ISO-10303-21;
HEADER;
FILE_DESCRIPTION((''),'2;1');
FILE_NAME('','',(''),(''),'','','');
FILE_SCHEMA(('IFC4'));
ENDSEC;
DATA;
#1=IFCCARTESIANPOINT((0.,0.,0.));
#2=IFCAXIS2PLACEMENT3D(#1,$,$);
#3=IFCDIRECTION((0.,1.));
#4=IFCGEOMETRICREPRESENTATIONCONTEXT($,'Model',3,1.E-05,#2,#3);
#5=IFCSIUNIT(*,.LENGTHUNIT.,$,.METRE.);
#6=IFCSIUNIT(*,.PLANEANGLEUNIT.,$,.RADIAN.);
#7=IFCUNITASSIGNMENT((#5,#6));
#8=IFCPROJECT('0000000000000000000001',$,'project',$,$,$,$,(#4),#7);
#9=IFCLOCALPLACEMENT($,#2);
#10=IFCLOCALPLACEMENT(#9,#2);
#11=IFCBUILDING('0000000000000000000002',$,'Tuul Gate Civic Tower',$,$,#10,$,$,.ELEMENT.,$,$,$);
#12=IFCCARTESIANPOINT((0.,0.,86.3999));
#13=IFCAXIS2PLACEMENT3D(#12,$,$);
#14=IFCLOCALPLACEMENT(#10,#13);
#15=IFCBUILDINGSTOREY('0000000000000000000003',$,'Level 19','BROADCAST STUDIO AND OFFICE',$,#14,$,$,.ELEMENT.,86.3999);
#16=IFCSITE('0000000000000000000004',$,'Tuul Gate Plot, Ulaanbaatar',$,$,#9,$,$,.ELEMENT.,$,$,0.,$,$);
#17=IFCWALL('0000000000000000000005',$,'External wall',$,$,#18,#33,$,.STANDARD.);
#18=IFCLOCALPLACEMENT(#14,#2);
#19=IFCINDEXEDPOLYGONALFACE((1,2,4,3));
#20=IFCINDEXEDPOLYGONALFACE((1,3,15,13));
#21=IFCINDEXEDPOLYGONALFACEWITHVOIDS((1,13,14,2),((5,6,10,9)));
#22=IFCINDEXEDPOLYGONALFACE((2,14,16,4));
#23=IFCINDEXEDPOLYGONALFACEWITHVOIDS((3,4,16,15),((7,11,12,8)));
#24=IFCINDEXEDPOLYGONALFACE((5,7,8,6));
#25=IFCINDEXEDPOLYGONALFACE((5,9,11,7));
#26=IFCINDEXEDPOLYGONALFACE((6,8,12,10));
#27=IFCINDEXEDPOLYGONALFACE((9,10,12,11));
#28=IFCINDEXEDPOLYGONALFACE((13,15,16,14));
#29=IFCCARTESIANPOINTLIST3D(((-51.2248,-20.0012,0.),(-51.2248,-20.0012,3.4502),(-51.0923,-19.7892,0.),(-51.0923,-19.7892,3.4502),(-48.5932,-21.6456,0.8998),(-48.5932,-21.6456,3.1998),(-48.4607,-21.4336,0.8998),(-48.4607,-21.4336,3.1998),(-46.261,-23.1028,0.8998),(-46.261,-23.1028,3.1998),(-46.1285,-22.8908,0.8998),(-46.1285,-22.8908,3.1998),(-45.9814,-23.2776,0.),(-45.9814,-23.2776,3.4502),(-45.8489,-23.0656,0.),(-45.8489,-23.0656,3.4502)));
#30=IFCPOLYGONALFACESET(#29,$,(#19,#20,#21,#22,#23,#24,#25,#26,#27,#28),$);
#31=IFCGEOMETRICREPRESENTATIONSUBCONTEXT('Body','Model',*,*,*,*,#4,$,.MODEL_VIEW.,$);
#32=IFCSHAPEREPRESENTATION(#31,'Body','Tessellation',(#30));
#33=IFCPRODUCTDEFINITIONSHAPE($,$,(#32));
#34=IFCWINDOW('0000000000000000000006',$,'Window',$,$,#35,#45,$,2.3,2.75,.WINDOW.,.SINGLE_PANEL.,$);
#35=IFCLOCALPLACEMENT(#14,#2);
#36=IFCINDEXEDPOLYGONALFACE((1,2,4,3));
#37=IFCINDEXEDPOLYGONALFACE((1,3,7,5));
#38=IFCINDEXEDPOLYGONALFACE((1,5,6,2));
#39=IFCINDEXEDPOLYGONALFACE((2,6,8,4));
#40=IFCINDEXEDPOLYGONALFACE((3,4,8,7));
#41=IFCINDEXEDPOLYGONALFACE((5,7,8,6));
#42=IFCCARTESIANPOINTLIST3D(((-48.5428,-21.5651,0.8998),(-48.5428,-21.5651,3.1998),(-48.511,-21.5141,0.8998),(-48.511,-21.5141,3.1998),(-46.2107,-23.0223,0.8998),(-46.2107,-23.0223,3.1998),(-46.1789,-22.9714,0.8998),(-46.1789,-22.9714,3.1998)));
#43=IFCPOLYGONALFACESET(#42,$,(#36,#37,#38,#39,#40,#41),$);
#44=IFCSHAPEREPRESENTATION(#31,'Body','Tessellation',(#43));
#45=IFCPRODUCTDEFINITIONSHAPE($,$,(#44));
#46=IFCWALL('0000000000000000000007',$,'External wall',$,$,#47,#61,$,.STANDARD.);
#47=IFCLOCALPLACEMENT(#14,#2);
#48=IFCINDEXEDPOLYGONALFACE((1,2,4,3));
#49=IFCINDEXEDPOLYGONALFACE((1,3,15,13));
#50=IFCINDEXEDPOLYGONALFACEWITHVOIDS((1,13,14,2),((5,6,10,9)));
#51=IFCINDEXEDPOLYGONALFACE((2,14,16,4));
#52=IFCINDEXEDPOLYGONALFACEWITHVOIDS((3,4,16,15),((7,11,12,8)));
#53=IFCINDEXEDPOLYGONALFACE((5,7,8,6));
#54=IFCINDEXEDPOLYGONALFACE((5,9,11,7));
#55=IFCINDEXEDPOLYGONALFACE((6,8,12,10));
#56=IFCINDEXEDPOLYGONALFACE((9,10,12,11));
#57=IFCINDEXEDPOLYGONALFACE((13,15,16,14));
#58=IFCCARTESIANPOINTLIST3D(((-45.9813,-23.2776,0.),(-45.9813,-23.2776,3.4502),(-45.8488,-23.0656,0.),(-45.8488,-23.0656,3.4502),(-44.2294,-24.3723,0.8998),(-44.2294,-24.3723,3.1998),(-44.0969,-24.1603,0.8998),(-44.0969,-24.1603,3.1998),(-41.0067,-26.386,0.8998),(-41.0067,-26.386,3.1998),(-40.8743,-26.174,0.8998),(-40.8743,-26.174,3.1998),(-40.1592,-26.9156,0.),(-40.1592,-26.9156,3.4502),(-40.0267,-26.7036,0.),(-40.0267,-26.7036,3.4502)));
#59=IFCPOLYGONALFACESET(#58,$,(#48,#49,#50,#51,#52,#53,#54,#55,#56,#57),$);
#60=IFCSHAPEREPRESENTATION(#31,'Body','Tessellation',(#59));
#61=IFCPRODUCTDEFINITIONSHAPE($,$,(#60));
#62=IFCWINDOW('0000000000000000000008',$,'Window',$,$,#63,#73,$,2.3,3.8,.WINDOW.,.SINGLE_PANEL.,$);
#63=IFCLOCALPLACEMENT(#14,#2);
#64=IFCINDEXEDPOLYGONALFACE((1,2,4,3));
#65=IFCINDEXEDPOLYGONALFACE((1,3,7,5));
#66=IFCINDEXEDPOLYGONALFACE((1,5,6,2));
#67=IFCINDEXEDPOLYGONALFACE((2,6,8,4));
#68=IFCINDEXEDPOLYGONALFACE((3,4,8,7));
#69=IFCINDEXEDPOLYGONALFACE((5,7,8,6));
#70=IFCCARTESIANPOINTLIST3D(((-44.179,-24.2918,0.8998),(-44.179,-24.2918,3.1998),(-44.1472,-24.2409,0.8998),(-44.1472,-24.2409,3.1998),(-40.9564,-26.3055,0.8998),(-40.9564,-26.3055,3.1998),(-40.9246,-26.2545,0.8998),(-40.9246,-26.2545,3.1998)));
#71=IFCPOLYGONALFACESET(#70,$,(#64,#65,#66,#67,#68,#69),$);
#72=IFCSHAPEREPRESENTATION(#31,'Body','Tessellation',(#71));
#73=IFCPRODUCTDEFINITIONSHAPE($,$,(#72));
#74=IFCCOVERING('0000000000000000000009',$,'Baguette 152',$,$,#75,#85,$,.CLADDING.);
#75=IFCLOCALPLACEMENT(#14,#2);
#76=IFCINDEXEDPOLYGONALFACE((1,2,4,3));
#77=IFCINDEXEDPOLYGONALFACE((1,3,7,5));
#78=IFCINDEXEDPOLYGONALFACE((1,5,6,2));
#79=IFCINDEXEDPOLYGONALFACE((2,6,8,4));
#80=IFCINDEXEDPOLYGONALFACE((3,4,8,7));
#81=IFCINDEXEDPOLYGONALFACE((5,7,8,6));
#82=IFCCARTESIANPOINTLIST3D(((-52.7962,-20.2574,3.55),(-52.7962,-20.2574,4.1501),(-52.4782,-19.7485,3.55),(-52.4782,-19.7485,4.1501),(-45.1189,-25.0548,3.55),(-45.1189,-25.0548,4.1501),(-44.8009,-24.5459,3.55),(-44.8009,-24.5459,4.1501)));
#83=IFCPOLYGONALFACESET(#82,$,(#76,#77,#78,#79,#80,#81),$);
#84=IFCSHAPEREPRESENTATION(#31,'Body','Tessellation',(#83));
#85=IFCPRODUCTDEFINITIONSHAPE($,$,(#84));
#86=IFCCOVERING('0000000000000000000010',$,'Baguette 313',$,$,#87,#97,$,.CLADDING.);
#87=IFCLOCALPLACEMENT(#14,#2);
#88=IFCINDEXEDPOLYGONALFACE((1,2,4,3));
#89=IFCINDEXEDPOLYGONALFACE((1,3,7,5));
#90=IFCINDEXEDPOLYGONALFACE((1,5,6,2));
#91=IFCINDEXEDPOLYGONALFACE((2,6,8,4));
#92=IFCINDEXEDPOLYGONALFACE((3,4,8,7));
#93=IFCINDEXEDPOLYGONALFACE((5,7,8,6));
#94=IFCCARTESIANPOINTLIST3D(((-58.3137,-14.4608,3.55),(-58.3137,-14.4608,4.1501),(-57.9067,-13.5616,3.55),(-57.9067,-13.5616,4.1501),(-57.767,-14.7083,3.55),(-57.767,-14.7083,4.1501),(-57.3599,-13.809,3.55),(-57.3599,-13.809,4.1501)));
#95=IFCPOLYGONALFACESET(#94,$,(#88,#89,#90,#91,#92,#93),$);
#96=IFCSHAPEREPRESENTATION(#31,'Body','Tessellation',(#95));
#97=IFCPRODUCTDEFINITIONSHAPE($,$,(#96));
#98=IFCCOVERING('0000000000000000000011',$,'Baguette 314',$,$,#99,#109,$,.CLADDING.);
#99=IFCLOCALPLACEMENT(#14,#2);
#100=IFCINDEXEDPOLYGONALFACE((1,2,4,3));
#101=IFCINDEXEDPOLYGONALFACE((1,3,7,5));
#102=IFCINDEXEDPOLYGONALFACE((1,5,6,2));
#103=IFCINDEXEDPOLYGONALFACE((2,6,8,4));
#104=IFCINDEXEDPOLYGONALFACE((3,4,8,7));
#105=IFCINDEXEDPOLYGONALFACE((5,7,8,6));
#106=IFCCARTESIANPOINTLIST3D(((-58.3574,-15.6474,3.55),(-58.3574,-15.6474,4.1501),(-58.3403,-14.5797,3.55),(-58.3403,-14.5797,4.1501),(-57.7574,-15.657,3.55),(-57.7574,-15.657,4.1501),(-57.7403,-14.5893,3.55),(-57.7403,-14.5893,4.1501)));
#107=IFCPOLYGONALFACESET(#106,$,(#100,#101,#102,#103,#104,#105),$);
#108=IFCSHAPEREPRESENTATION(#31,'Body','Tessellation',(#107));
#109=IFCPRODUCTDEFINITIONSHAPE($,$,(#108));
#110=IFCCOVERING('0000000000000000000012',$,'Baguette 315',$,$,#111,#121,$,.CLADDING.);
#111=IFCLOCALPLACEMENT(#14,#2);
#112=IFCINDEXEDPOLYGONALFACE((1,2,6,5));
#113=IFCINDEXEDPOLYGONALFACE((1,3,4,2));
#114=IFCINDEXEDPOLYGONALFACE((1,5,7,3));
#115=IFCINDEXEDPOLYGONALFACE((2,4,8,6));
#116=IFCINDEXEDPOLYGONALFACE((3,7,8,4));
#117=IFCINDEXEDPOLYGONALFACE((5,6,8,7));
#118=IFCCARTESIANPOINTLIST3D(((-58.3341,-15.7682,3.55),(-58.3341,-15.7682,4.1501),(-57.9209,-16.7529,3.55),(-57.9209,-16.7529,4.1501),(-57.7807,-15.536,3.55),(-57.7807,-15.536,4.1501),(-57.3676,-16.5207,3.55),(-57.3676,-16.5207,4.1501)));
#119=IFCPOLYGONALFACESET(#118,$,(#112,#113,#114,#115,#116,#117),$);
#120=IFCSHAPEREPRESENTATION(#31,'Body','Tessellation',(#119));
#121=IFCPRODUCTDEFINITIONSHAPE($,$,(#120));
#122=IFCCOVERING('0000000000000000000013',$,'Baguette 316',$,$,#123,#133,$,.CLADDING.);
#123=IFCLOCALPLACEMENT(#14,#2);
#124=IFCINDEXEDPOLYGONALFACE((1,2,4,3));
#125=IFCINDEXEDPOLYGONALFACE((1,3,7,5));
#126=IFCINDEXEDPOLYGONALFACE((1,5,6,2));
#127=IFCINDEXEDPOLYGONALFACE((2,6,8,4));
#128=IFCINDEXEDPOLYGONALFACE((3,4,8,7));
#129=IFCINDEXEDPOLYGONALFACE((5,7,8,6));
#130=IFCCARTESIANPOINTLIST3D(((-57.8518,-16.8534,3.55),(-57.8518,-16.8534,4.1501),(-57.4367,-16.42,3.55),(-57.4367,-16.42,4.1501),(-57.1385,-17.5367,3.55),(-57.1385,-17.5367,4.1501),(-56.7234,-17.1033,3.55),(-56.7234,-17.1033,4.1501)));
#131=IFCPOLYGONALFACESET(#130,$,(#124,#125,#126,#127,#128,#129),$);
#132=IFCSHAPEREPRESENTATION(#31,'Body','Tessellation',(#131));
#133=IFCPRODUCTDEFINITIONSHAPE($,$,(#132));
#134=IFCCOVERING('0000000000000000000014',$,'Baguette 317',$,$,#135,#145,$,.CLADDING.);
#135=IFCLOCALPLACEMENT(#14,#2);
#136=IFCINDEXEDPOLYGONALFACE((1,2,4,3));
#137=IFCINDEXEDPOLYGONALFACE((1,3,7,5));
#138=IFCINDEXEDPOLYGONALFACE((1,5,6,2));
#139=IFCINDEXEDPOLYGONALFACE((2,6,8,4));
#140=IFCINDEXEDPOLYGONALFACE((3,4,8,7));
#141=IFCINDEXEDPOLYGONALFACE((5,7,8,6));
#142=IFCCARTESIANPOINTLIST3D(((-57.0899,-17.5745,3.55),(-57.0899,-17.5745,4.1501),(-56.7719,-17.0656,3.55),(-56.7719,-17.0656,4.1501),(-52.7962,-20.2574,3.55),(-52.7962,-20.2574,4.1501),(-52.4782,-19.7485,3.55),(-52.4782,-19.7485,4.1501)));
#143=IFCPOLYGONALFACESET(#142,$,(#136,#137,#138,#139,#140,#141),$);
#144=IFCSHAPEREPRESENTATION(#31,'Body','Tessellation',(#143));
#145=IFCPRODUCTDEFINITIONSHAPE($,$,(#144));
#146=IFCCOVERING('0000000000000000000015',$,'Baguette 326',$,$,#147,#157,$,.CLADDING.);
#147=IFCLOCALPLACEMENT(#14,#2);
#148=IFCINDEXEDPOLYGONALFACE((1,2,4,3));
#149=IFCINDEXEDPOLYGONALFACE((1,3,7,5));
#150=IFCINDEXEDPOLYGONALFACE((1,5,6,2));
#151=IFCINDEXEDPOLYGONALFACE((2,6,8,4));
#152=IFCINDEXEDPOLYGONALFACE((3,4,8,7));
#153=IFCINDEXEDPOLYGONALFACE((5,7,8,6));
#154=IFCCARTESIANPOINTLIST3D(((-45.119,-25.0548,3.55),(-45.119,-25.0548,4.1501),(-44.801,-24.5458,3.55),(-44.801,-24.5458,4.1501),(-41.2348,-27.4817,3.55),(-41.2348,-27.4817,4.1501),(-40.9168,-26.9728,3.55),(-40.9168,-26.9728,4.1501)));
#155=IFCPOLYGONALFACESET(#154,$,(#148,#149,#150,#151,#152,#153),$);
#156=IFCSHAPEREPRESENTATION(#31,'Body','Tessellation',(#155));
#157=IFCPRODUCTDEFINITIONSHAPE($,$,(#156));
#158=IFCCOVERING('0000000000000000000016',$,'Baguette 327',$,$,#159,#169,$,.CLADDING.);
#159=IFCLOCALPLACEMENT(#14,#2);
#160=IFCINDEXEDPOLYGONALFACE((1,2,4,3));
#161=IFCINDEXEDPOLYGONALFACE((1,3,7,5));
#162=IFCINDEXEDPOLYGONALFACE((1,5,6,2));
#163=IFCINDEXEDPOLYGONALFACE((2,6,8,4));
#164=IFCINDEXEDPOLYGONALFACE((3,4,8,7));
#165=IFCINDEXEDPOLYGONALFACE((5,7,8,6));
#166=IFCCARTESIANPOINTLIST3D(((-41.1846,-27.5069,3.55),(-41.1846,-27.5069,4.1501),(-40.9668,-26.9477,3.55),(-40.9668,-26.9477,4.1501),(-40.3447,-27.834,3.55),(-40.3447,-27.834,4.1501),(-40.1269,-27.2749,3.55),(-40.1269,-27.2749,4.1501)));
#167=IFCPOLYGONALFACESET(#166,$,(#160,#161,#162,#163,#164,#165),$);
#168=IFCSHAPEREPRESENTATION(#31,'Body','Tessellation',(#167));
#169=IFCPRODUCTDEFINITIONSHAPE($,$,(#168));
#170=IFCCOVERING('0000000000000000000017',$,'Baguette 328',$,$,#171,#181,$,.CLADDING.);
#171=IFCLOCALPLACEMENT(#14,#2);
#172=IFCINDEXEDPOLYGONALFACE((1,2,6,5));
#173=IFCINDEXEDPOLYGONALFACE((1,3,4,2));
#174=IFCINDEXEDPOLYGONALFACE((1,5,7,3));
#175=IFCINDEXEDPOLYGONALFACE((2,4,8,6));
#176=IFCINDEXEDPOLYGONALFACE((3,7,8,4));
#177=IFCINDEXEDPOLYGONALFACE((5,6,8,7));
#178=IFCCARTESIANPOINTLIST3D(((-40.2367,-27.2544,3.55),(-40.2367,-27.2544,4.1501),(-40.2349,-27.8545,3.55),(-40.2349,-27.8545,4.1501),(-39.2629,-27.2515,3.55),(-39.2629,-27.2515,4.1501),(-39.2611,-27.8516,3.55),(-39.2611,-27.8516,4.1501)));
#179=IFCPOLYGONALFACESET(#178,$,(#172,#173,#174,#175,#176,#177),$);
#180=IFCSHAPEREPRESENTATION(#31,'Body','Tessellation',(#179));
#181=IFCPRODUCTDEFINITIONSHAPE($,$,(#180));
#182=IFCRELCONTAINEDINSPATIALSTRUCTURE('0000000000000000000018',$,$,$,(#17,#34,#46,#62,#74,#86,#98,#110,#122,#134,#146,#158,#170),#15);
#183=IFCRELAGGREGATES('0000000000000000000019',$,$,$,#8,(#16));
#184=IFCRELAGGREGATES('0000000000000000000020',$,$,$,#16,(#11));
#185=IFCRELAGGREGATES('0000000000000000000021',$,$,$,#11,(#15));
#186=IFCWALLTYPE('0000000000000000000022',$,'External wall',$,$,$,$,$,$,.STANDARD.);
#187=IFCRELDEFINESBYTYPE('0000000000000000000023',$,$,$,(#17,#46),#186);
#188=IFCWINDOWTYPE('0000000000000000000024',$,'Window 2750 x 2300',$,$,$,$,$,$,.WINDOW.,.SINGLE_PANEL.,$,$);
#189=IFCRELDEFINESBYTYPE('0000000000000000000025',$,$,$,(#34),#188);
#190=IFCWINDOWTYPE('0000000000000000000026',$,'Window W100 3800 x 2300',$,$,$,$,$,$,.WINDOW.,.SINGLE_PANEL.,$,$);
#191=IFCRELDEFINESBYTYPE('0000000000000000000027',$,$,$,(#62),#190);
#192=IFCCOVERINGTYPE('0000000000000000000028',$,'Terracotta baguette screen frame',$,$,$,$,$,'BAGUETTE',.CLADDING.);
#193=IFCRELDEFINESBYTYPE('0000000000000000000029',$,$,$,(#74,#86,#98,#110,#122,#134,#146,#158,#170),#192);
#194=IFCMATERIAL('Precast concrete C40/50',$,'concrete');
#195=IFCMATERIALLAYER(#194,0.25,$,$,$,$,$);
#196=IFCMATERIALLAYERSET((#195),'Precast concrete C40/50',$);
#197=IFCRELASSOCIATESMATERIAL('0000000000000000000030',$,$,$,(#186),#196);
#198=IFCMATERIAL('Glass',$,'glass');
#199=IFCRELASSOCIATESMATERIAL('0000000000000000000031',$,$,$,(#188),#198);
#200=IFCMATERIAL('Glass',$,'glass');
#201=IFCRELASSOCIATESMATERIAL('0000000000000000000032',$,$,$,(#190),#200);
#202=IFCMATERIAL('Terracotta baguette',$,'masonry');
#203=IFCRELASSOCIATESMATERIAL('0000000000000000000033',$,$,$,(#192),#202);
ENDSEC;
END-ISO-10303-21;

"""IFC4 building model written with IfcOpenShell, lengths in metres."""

from ifc_helpers import new_model, si_unit, direction, frame, frame_2d, origin, origin_2d, place, context, subcontext, project, spatial, rectangle, extrude, material, layer, layer_set, material_profile, profile_set, type_object, element, fill, save


model = new_model("IFC4")

# Units and contexts
model_context = context("Model", 3, precision=1e-05, world=origin(), true_north=direction((0.0, 1.0)))
body_context = subcontext(model_context, "Body", "Model", "MODEL_VIEW")
ifc_project = project(units=[si_unit("LENGTHUNIT", "METRE"), si_unit("PLANEANGLEUNIT", "RADIAN")], contexts=[model_context])

# Site, building, storey
site_placement = place(None, origin())
site = spatial("IfcSite", under=ifc_project, at=site_placement, Name="Tuul Gate Plot, Ulaanbaatar", CompositionType="ELEMENT", RefElevation=0.0)
building_placement = place(site_placement, origin())
building = spatial("IfcBuilding", under=site, at=building_placement, Name="Tuul Gate Civic Tower", CompositionType="ELEMENT")
storey_placement = place(building_placement, frame((0.0, 0.0, 86.3999)))
storey = spatial("IfcBuildingStorey", under=building, at=storey_placement, Name="Level 19", Description="BROADCAST STUDIO AND OFFICE", CompositionType="ELEMENT", Elevation=86.3999)

# Shared definitions
ifc_material_1 = material(Name="Precast concrete C40/50", Category="concrete")
ifc_layer_1 = layer(ifc_material_1, 0.25)
ifc_layer_set_1 = layer_set([ifc_layer_1], Name="Precast concrete C40/50")
wall_type_1 = type_object("IfcWallType", Name="External wall", PredefinedType="STANDARD", material=ifc_layer_set_1)

# Walls, openings, windows
wall_1_placement = place(storey_placement, frame((-51.1584, -19.8953, 0.0), z_axis=(0.0, 0.0, 1.0), x_axis=(0.848054, -0.52991, 0.0)))
wall_1 = element("IfcWall", 1, at=wall_1_placement, inside=storey, type_object=wall_type_1, Name="External wall", PredefinedType="STANDARD", context=body_context, shape_type="SweptSolid", body=[
    extrude(rectangle(XDim=6.1829, YDim=0.25, at=frame_2d((3.0913, 0.0))), origin(), (0.0, 0.0, 1.0), 3.4502),
])
opening_1_placement = place(wall_1_placement, frame((3.103, 0.0, 0.8999)))
opening_1 = element("IfcOpeningElement", 2, at=opening_1_placement, cuts=wall_1, PredefinedType="OPENING", context=body_context, shape_type="SweptSolid", body=[
    extrude(rectangle(XDim=2.75, YDim=2.3, at=frame_2d((1.375, 1.1499))), frame((0.0, 0.135, 0.0), z_axis=(0.0, -1.0, 0.0), x_axis=(1.0, 0.0, 0.0)), (0.0, 0.0, 1.0), 0.27),
])
ifc_material_2 = material(Name="Glass", Category="glass")
window_type_1 = type_object("IfcWindowType", Name="Window 2750 x 2300", PartitioningType="SINGLE_PANEL", PredefinedType="WINDOW", material=ifc_material_2)
window_1_placement = place(opening_1_placement, origin())
window_1 = element("IfcWindow", 3, at=window_1_placement, inside=storey, type_object=window_type_1, Name="Window", OverallHeight=2.3, OverallWidth=2.75, PartitioningType="SINGLE_PANEL", PredefinedType="WINDOW", context=body_context, shape_type="SweptSolid", body=[
    extrude(rectangle(XDim=2.75, YDim=2.3, at=frame_2d((1.375, 1.1499))), frame((0.0, 0.03, 0.0), z_axis=(0.0, -1.0, 0.0), x_axis=(1.0, 0.0, 0.0)), (0.0, 0.0, 1.0), 0.0601),
])
fill(opening_1, window_1)
wall_2_placement = place(storey_placement, frame((-45.915, -23.1716, 0.0), z_axis=(0.0, 0.0, 1.0), x_axis=(0.848052, -0.529913, 0.0)))
wall_2 = element("IfcWall", 4, at=wall_2_placement, inside=storey, type_object=wall_type_1, Name="External wall", PredefinedType="STANDARD", context=body_context, shape_type="SweptSolid", body=[
    extrude(rectangle(XDim=6.8652, YDim=0.25, at=frame_2d((3.4326, 0.0))), origin(), (0.0, 0.0, 1.0), 3.4502),
])
opening_2_placement = place(wall_2_placement, frame((2.0659, 0.0, 0.8999)))
opening_2 = element("IfcOpeningElement", 5, at=opening_2_placement, cuts=wall_2, PredefinedType="OPENING", context=body_context, shape_type="SweptSolid", body=[
    extrude(rectangle(XDim=3.8, YDim=2.3, at=frame_2d((1.8999, 1.1499))), frame((0.0, 0.135, 0.0), z_axis=(0.0, -1.0, 0.0), x_axis=(1.0, 0.0, 0.0)), (0.0, 0.0, 1.0), 0.27),
])
ifc_material_3 = material(Name="Glass", Category="glass")
window_type_2 = type_object("IfcWindowType", Name="Window W100 3800 x 2300", PartitioningType="SINGLE_PANEL", PredefinedType="WINDOW", material=ifc_material_3)
window_2_placement = place(opening_2_placement, origin())
window_2 = element("IfcWindow", 6, at=window_2_placement, inside=storey, type_object=window_type_2, Name="Window", OverallHeight=2.3, OverallWidth=3.8, PartitioningType="SINGLE_PANEL", PredefinedType="WINDOW", context=body_context, shape_type="SweptSolid", body=[
    extrude(rectangle(XDim=3.8, YDim=2.3, at=frame_2d((1.8999, 1.1499))), frame((0.0, 0.03, 0.0), z_axis=(0.0, -1.0, 0.0), x_axis=(1.0, 0.0, 0.0)), (0.0, 0.0, 1.0), 0.0601),
])
fill(opening_2, window_2)

# Coverings
ifc_material_4 = material(Name="Terracotta baguette", Category="masonry")
ifc_material_profile_1 = material_profile(ifc_material_4, rectangle(XDim=0.6001, YDim=0.6001, at=origin_2d()), Name="Terracotta baguette screen frame")
ifc_profile_set_1 = profile_set([ifc_material_profile_1], Name="Terracotta baguette")
covering_type = type_object("IfcCoveringType", Name="Terracotta baguette screen frame", ElementType="BAGUETTE", PredefinedType="CLADDING", material=ifc_profile_set_1)
covering_1_placement = place(storey_placement, frame((-52.6372, -20.0029, 3.8501), z_axis=(0.848044, -0.529926, 0.0), x_axis=(0.529926, 0.848044, 0.0)))
element("IfcCovering", 7, at=covering_1_placement, inside=storey, type_object=covering_type, Name="Baguette 152", PredefinedType="CLADDING", context=body_context, shape_type="SweptSolid", body=[
    extrude(rectangle(XDim=0.6001, YDim=0.6001, at=origin_2d()), origin(), (0.0, 0.0, 1.0), 9.053),
])
covering_2_placement = place(storey_placement, frame((-57.6333, -13.6853, 3.8501), z_axis=(-0.412349, -0.911026, 0.0), x_axis=(0.911026, -0.412349, 0.0)))
element("IfcCovering", 8, at=covering_2_placement, inside=storey, type_object=covering_type, Name="Baguette 313", PredefinedType="CLADDING", context=body_context, shape_type="SweptSolid", body=[
    extrude(rectangle(XDim=0.6001, YDim=0.6001, at=origin_2d()), origin(), (0.0, 0.0, 1.0), 0.9871),
])
for number, where, z_axis, x_axis, name in (
    (9, (-58.0403, -14.5845, 3.8501), (-0.016005, -0.999872, 0.0), (0.999872, -0.016005, 0.0), "Baguette 314"),
    (10, (-58.0574, -15.6521, 3.8501), (0.386871, -0.922134, 0.0), (0.922134, 0.386871, 0.0), "Baguette 315"),
):
    element("IfcCovering", number, at=place(storey_placement, frame(where, z_axis=z_axis, x_axis=x_axis)), inside=storey, type_object=covering_type, Name=name, PredefinedType="CLADDING", context=body_context, shape_type="SweptSolid", body=[
        extrude(rectangle(XDim=0.6001, YDim=0.6001, at=origin_2d()), origin(), (0.0, 0.0, 1.0), 1.0679),
    ])
covering_3_placement = place(storey_placement, frame((-57.6443, -16.6367, 3.8501), z_axis=(0.722143, -0.691744, 0.0), x_axis=(0.691744, 0.722143, 0.0)))
element("IfcCovering", 11, at=covering_3_placement, inside=storey, type_object=covering_type, Name="Baguette 316", PredefinedType="CLADDING", context=body_context, shape_type="SweptSolid", body=[
    extrude(rectangle(XDim=0.6001, YDim=0.6001, at=origin_2d()), origin(), (0.0, 0.0, 1.0), 0.9878),
])
covering_4_placement = place(storey_placement, frame((-56.9309, -17.3201, 3.8501), z_axis=(0.848061, -0.529899, 0.0), x_axis=(0.529899, 0.848061, 0.0)))
element("IfcCovering", 12, at=covering_4_placement, inside=storey, type_object=covering_type, Name="Baguette 317", PredefinedType="CLADDING", context=body_context, shape_type="SweptSolid", body=[
    extrude(rectangle(XDim=0.6001, YDim=0.6001, at=origin_2d()), origin(), (0.0, 0.0, 1.0), 5.063),
])
covering_5_placement = place(storey_placement, frame((-44.96, -24.8003, 3.8501), z_axis=(0.848064, -0.529894, 0.0), x_axis=(0.529894, 0.848064, 0.0)))
element("IfcCovering", 13, at=covering_5_placement, inside=storey, type_object=covering_type, Name="Baguette 326", PredefinedType="CLADDING", context=body_context, shape_type="SweptSolid", body=[
    extrude(rectangle(XDim=0.6001, YDim=0.6001, at=origin_2d()), origin(), (0.0, 0.0, 1.0), 4.5801),
])
covering_6_placement = place(storey_placement, frame((-41.0757, -27.2273, 3.8501), z_axis=(0.931801, -0.362969, 0.0), x_axis=(0.362969, 0.931801, 0.0)))
element("IfcCovering", 14, at=covering_6_placement, inside=storey, type_object=covering_type, Name="Baguette 327", PredefinedType="CLADDING", context=body_context, shape_type="SweptSolid", body=[
    extrude(rectangle(XDim=0.6001, YDim=0.6001, at=origin_2d()), origin(), (0.0, 0.0, 1.0), 0.9014),
])
covering_7_placement = place(storey_placement, frame((-40.2358, -27.5544, 3.8501), z_axis=(0.999995, 0.003008, 0.0), x_axis=(-0.003008, 0.999995, 0.0)))
element("IfcCovering", 15, at=covering_7_placement, inside=storey, type_object=covering_type, Name="Baguette 328", PredefinedType="CLADDING", context=body_context, shape_type="SweptSolid", body=[
    extrude(rectangle(XDim=0.6001, YDim=0.6001, at=origin_2d()), origin(), (0.0, 0.0, 1.0), 0.9739),
])

save(model, "model.ifc")
